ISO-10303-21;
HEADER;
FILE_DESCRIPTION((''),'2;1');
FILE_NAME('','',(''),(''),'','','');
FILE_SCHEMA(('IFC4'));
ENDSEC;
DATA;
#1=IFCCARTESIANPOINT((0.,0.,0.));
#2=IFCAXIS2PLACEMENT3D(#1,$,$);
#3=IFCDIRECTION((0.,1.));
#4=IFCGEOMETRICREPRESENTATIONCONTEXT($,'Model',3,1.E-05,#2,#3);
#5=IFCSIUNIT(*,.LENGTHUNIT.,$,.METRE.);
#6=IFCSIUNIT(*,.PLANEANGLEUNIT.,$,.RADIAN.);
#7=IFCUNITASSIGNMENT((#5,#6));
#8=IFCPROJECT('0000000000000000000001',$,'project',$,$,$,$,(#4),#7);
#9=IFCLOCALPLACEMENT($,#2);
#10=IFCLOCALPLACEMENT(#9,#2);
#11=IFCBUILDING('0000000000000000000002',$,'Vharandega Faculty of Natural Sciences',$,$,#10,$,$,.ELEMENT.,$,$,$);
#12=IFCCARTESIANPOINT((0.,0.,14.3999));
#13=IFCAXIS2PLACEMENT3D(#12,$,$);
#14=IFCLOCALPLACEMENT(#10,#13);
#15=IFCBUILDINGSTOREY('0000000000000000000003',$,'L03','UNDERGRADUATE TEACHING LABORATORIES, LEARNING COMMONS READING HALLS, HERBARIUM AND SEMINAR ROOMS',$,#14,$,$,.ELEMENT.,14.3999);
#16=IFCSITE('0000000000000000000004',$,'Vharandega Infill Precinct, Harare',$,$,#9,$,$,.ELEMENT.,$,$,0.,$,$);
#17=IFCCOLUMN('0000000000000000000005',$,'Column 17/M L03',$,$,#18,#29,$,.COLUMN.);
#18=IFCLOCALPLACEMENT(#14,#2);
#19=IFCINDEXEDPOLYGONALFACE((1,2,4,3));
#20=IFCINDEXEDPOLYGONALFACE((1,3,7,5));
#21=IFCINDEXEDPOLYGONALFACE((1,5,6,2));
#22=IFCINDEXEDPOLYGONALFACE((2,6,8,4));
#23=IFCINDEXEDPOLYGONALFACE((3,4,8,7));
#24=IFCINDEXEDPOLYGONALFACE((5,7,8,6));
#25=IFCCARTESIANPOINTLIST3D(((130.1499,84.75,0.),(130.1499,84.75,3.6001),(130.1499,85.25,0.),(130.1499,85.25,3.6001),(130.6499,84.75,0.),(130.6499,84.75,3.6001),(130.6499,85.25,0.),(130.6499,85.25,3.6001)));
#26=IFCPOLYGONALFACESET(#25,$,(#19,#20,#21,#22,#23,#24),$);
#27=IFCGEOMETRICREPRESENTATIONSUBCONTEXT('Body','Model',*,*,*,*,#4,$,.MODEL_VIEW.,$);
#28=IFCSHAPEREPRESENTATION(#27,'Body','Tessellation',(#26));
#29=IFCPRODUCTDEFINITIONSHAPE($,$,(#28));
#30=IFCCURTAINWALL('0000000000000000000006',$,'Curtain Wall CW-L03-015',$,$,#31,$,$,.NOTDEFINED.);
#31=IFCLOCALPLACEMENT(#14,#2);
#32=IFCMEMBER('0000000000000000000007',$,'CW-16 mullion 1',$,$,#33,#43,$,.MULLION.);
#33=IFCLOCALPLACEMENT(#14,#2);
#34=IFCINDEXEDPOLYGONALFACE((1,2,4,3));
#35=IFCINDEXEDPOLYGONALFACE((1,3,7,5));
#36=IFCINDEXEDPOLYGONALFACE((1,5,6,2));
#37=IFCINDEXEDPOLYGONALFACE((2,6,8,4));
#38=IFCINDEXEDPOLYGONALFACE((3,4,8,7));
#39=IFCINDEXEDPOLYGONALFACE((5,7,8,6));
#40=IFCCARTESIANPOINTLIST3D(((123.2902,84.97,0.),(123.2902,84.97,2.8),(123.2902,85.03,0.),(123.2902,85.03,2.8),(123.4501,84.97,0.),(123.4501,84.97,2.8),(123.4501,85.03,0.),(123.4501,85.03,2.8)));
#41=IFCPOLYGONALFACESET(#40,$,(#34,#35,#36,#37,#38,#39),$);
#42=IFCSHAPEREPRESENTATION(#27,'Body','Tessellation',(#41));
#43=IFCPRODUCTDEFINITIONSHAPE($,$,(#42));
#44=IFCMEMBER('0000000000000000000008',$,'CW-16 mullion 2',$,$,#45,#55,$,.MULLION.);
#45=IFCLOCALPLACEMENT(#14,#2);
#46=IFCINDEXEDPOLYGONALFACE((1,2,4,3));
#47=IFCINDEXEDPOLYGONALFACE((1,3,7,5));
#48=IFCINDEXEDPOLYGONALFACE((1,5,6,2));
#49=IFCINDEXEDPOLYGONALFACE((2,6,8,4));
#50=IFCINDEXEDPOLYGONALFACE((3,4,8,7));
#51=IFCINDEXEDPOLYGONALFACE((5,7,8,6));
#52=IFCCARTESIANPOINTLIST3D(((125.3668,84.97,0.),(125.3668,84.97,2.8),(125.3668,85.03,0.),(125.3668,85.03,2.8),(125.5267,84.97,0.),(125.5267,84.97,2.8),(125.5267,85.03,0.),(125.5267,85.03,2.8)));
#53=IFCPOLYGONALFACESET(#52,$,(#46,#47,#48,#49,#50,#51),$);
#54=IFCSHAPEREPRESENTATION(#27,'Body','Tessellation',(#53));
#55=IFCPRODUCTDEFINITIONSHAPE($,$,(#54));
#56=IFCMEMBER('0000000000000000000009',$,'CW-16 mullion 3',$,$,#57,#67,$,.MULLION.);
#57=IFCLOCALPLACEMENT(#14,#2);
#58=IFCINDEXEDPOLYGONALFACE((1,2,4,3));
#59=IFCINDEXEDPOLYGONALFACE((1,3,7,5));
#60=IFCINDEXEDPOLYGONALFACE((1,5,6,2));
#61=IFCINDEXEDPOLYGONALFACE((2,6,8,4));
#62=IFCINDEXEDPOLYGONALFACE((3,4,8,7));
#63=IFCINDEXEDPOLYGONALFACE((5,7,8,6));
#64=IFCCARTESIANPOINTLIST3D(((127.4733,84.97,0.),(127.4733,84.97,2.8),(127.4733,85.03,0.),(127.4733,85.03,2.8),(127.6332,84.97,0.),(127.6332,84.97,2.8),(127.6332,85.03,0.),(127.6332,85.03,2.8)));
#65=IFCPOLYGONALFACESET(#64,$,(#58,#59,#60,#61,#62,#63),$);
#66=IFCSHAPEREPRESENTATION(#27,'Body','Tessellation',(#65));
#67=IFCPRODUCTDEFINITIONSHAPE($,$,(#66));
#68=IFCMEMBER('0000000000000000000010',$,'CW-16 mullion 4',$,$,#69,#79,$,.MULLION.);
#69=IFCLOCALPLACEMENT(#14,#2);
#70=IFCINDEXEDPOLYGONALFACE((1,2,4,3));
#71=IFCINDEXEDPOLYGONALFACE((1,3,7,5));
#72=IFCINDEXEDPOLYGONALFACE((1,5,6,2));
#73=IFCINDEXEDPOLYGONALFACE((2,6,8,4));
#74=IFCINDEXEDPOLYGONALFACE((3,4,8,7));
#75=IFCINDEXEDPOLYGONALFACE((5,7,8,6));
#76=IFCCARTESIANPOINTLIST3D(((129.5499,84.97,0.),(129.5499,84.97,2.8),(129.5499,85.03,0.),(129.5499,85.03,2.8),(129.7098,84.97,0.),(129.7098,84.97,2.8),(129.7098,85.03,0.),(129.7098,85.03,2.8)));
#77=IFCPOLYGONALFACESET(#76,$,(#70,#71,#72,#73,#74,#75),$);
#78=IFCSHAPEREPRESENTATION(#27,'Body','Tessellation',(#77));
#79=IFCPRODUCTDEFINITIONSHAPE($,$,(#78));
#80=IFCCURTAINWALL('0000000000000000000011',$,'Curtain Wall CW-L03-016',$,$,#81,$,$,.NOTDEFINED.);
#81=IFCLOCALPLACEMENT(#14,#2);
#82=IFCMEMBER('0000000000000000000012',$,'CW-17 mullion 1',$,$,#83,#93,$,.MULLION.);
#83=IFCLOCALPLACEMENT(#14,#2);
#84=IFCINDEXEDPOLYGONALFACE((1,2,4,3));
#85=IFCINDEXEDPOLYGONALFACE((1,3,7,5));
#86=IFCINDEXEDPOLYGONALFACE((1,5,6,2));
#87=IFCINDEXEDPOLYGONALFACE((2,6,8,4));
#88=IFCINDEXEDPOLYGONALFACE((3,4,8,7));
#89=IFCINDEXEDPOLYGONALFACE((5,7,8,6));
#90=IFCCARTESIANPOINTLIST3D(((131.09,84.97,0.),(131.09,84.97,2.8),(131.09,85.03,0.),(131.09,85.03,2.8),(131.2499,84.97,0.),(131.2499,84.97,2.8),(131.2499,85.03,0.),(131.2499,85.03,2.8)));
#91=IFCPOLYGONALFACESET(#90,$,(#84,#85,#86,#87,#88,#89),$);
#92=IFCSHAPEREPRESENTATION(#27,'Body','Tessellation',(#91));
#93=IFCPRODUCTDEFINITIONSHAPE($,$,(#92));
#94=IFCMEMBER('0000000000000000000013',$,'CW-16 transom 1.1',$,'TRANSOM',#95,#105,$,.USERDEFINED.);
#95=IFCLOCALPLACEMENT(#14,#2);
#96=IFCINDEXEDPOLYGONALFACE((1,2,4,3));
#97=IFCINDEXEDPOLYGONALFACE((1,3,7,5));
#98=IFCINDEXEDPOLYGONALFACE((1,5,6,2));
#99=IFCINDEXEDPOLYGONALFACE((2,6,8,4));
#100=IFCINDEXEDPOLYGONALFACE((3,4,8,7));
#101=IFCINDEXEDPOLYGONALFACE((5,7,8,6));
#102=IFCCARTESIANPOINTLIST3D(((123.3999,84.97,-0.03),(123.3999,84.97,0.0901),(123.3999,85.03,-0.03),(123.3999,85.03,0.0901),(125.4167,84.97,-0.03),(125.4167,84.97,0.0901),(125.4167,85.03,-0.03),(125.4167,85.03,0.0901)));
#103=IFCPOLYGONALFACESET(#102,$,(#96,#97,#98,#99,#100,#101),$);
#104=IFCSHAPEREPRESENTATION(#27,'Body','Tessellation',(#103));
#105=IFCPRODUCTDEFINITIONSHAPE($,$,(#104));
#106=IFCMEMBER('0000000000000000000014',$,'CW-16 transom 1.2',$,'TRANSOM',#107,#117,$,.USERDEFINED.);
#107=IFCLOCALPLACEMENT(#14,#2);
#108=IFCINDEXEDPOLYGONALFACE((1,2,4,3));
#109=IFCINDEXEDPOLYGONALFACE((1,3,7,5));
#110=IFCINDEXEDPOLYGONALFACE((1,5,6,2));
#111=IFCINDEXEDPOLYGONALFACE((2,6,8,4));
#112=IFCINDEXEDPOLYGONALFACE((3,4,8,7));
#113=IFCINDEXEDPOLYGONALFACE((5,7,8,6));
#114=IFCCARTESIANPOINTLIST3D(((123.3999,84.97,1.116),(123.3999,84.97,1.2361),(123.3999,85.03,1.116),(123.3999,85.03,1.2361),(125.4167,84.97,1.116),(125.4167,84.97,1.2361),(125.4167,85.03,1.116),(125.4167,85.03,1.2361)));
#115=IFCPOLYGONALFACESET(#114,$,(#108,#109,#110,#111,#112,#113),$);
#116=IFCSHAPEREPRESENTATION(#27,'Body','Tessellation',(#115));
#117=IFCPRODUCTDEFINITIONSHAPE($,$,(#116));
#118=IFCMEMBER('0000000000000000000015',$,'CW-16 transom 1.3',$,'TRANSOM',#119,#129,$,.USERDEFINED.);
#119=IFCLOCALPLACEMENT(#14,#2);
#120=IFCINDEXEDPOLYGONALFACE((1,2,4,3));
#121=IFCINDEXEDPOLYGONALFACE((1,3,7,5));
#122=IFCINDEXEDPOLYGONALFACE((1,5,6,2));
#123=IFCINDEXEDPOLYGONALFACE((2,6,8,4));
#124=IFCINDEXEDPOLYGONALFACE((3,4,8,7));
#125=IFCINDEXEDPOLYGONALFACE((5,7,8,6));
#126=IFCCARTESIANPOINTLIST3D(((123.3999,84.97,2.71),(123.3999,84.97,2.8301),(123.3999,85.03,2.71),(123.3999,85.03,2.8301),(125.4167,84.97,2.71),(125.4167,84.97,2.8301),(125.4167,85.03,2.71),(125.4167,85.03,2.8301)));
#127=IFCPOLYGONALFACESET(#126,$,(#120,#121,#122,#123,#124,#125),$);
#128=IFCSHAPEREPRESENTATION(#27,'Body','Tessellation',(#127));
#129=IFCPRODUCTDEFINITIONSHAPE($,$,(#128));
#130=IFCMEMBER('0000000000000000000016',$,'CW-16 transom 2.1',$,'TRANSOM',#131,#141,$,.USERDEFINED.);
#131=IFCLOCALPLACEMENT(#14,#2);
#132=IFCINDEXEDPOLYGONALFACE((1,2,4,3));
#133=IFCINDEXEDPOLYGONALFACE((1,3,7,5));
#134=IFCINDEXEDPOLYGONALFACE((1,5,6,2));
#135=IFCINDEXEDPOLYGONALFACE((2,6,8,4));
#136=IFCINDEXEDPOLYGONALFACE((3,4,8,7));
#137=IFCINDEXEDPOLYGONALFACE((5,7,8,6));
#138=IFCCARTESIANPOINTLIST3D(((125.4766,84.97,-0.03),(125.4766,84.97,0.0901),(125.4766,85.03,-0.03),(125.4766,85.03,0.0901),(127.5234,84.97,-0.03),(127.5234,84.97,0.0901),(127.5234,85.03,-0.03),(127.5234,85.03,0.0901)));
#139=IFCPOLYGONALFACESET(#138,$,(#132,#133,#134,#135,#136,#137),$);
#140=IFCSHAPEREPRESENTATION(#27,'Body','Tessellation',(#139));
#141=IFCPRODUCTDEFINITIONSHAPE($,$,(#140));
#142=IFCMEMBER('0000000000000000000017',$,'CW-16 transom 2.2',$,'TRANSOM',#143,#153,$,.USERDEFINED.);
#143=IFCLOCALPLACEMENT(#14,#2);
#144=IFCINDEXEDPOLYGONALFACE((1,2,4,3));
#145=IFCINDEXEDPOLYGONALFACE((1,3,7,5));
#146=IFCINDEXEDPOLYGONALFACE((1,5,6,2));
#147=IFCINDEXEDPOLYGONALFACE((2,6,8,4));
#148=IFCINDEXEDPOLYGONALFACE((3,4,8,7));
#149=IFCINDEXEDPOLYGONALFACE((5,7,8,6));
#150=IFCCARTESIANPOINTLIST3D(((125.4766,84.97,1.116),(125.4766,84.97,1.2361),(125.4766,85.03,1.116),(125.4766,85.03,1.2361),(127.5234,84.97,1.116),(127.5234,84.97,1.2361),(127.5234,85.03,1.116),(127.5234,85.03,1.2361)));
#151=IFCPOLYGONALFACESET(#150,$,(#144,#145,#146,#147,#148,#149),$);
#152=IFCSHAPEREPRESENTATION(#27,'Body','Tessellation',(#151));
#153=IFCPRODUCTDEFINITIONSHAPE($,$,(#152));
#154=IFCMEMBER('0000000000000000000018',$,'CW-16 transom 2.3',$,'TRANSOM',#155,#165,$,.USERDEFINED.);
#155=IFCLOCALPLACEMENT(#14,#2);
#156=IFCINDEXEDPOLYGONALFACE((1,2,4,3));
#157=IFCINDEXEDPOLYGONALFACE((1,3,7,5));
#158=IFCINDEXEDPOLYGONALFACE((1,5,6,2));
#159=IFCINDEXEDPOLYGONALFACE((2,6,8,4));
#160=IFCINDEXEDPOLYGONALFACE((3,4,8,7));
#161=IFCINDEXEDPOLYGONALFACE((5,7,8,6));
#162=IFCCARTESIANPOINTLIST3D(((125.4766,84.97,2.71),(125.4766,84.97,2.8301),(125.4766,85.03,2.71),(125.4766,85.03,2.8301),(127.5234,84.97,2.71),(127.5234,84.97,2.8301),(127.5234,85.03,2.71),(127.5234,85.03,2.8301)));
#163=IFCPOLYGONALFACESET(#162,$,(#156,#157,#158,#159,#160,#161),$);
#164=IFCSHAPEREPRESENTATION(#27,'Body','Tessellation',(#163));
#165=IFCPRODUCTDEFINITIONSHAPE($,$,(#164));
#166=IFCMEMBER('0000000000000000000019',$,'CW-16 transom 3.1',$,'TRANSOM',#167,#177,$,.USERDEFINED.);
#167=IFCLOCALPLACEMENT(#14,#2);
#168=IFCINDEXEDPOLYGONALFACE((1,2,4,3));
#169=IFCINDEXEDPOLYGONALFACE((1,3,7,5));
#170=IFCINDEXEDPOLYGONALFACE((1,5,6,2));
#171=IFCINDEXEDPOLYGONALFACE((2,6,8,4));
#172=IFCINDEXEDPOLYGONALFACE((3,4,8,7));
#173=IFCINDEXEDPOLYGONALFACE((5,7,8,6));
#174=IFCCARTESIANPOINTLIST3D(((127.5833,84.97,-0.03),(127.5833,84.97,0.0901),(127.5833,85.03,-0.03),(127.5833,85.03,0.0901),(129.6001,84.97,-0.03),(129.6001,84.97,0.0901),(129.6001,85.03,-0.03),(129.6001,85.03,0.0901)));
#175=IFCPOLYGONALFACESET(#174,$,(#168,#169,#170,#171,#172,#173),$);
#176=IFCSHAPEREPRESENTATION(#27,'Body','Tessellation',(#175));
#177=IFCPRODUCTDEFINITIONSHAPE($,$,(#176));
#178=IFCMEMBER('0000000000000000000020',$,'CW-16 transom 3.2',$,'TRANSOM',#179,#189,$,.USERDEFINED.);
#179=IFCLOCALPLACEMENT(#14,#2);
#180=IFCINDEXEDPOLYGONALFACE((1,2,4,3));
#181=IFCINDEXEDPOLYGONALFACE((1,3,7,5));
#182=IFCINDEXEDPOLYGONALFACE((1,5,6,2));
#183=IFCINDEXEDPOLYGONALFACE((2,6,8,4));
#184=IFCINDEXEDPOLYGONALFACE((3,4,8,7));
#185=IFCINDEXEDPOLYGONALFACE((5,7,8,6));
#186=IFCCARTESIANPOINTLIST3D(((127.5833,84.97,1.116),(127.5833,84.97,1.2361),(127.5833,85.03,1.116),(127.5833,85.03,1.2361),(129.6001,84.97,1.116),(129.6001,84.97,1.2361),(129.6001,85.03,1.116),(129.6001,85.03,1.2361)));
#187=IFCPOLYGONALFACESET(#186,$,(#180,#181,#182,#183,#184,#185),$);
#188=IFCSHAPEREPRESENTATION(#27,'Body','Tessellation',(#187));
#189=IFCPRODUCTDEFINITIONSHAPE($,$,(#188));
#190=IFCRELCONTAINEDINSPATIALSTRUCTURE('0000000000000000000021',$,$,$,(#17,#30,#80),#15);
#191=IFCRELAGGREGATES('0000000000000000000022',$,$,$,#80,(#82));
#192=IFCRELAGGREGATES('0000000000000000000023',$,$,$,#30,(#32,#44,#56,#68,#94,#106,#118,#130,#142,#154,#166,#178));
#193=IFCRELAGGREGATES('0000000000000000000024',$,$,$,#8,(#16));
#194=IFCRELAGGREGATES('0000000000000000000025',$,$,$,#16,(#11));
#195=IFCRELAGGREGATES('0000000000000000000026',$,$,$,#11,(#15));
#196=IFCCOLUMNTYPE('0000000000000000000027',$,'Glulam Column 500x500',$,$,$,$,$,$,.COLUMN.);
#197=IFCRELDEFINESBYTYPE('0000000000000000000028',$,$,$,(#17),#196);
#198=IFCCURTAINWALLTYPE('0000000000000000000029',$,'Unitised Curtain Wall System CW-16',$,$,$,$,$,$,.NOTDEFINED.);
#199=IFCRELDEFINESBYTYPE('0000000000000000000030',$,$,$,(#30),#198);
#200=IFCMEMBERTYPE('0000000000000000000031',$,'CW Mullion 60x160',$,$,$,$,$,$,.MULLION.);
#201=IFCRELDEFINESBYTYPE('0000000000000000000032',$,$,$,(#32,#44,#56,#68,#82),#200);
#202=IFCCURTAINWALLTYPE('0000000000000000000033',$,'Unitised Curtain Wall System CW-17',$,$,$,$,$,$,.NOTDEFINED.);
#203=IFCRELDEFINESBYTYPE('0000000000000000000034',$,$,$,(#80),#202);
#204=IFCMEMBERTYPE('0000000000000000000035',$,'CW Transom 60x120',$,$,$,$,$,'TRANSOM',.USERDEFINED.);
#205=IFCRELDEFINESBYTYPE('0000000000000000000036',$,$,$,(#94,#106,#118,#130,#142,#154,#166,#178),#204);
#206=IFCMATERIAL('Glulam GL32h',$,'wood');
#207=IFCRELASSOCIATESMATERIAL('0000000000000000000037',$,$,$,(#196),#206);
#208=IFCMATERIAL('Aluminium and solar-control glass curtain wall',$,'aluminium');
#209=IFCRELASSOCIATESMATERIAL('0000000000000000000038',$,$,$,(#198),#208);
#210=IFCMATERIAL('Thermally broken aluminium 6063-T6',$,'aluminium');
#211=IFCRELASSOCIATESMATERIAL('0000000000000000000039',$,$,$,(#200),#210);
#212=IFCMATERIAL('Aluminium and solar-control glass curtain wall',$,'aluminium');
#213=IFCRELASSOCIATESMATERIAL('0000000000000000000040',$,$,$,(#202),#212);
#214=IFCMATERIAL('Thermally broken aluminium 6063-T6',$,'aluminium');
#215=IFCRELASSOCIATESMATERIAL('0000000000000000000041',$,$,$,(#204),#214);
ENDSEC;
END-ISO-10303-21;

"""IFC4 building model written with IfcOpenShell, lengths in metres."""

from ifc_helpers import new_model, si_unit, direction, frame, origin, origin_2d, place, context, subcontext, project, spatial, rectangle, extrude, material, material_profile, profile_set, type_object, element, aggregate, save


model = new_model("IFC4")

# Units and contexts
model_context = context("Model", 3, precision=1e-05, world=origin(), true_north=direction((0.0, 1.0)))
body_context = subcontext(model_context, "Body", "Model", "MODEL_VIEW")
ifc_project = project(units=[si_unit("LENGTHUNIT", "METRE"), si_unit("PLANEANGLEUNIT", "RADIAN")], contexts=[model_context])

# Site, building, storey
site_placement = place(None, origin())
site = spatial("IfcSite", under=ifc_project, at=site_placement, Name="Vharandega Infill Precinct, Harare", CompositionType="ELEMENT", RefElevation=0.0)
building_placement = place(site_placement, origin())
building = spatial("IfcBuilding", under=site, at=building_placement, Name="Vharandega Faculty of Natural Sciences", CompositionType="ELEMENT")
storey_placement = place(building_placement, frame((0.0, 0.0, 14.3999)))
storey = spatial("IfcBuildingStorey", under=building, at=storey_placement, Name="L03", Description="UNDERGRADUATE TEACHING LABORATORIES, LEARNING COMMONS READING HALLS, HERBARIUM AND SEMINAR ROOMS", CompositionType="ELEMENT", Elevation=14.3999)

# Column
ifc_material_1 = material(Name="Glulam GL32h", Category="wood")
ifc_material_profile_1 = material_profile(ifc_material_1, rectangle(XDim=0.5, YDim=0.5, at=origin_2d()), Name="GL32h 500x500")
ifc_profile_set_1 = profile_set([ifc_material_profile_1], Name="Glulam GL32h")
column_type = type_object("IfcColumnType", Name="Glulam Column 500x500", PredefinedType="COLUMN", material=ifc_profile_set_1)
column_placement = place(storey_placement, frame((130.3999, 85.0, 0.0), z_axis=(0.0, 0.0, 1.0), x_axis=(1.0, 0.0, 0.0)))
element("IfcColumn", 1, at=column_placement, inside=storey, type_object=column_type, Name="Column 17/M L03", PredefinedType="COLUMN", context=body_context, shape_type="SweptSolid", body=[
    extrude(rectangle(XDim=0.5, YDim=0.5, at=origin_2d()), origin(), (0.0, 0.0, 1.0), 3.6001),
])

# Curtain wall, members
ifc_material_2 = material(Name="Aluminium and solar-control glass curtain wall", Category="aluminium")
curtain_wall_type_1 = type_object("IfcCurtainWallType", Name="Unitised Curtain Wall System CW-16", PredefinedType="NOTDEFINED", material=ifc_material_2)
curtain_wall_1_placement = place(storey_placement, origin())
curtain_wall_1 = element("IfcCurtainWall", 2, at=curtain_wall_1_placement, inside=storey, type_object=curtain_wall_type_1, Name="Curtain Wall CW-L03-015", PredefinedType="NOTDEFINED")
ifc_material_3 = material(Name="Thermally broken aluminium 6063-T6", Category="aluminium")
ifc_material_profile_2 = material_profile(ifc_material_3, rectangle(XDim=0.0601, YDim=0.1599, at=origin_2d()), Name="ALU 60x160")
ifc_profile_set_2 = profile_set([ifc_material_profile_2], Name="Thermally broken aluminium 6063-T6")
member_type_1 = type_object("IfcMemberType", Name="CW Mullion 60x160", PredefinedType="MULLION", material=ifc_profile_set_2)
member_1_placement = place(storey_placement, frame((123.3701, 85.0, 0.0), z_axis=(0.0, 0.0, 1.0), x_axis=(0.0, 1.0, 0.0)))
member_1 = element("IfcMember", 3, at=member_1_placement, type_object=member_type_1, Name="CW-16 mullion 1", PredefinedType="MULLION", context=body_context, shape_type="SweptSolid", body=[
    extrude(rectangle(XDim=0.0601, YDim=0.1599, at=origin_2d()), origin(), (0.0, 0.0, 1.0), 2.8),
])
member_2_placement = place(storey_placement, frame((125.4468, 85.0, 0.0), z_axis=(0.0, 0.0, 1.0), x_axis=(0.0, 1.0, 0.0)))
member_2 = element("IfcMember", 4, at=member_2_placement, type_object=member_type_1, Name="CW-16 mullion 2", PredefinedType="MULLION", context=body_context, shape_type="SweptSolid", body=[
    extrude(rectangle(XDim=0.0601, YDim=0.1599, at=origin_2d()), origin(), (0.0, 0.0, 1.0), 2.8),
])
member_3_placement = place(storey_placement, frame((127.5532, 85.0, 0.0), z_axis=(0.0, 0.0, 1.0), x_axis=(0.0, 1.0, 0.0)))
member_3 = element("IfcMember", 5, at=member_3_placement, type_object=member_type_1, Name="CW-16 mullion 3", PredefinedType="MULLION", context=body_context, shape_type="SweptSolid", body=[
    extrude(rectangle(XDim=0.0601, YDim=0.1599, at=origin_2d()), origin(), (0.0, 0.0, 1.0), 2.8),
])
member_4_placement = place(storey_placement, frame((129.6299, 85.0, 0.0), z_axis=(0.0, 0.0, 1.0), x_axis=(0.0, 1.0, 0.0)))
member_4 = element("IfcMember", 6, at=member_4_placement, type_object=member_type_1, Name="CW-16 mullion 4", PredefinedType="MULLION", context=body_context, shape_type="SweptSolid", body=[
    extrude(rectangle(XDim=0.0601, YDim=0.1599, at=origin_2d()), origin(), (0.0, 0.0, 1.0), 2.8),
])

# Curtain wall, member
ifc_material_4 = material(Name="Aluminium and solar-control glass curtain wall", Category="aluminium")
curtain_wall_type_2 = type_object("IfcCurtainWallType", Name="Unitised Curtain Wall System CW-17", PredefinedType="NOTDEFINED", material=ifc_material_4)
curtain_wall_2_placement = place(storey_placement, origin())
curtain_wall_2 = element("IfcCurtainWall", 7, at=curtain_wall_2_placement, inside=storey, type_object=curtain_wall_type_2, Name="Curtain Wall CW-L03-016", PredefinedType="NOTDEFINED")
member_5_placement = place(storey_placement, frame((131.1699, 85.0, 0.0), z_axis=(0.0, 0.0, 1.0), x_axis=(0.0, 1.0, 0.0)))
member_5 = element("IfcMember", 8, at=member_5_placement, type_object=member_type_1, Name="CW-17 mullion 1", PredefinedType="MULLION", context=body_context, shape_type="SweptSolid", body=[
    extrude(rectangle(XDim=0.0601, YDim=0.1599, at=origin_2d()), origin(), (0.0, 0.0, 1.0), 2.8),
])
aggregate(curtain_wall_2, [member_5])

# Members
ifc_material_5 = material(Name="Thermally broken aluminium 6063-T6", Category="aluminium")
ifc_material_profile_3 = material_profile(ifc_material_5, rectangle(XDim=0.0601, YDim=0.1201, at=origin_2d()), Name="ALU 60x120")
ifc_profile_set_3 = profile_set([ifc_material_profile_3], Name="Thermally broken aluminium 6063-T6")
member_type_2 = type_object("IfcMemberType", Name="CW Transom 60x120", ElementType="TRANSOM", PredefinedType="USERDEFINED", material=ifc_profile_set_3)
member_6_placement = place(storey_placement, frame((123.3999, 85.0, 0.03), z_axis=(1.0, 0.0, 0.0), x_axis=(0.0, 1.0, 0.0)))
member_6 = element("IfcMember", 9, at=member_6_placement, type_object=member_type_2, Name="CW-16 transom 1.1", ObjectType="TRANSOM", PredefinedType="USERDEFINED", context=body_context, shape_type="SweptSolid", body=[
    extrude(rectangle(XDim=0.0601, YDim=0.1201, at=origin_2d()), origin(), (0.0, 0.0, 1.0), 2.0168),
])
member_7_placement = place(storey_placement, frame((123.3999, 85.0, 1.176), z_axis=(1.0, 0.0, 0.0), x_axis=(0.0, 1.0, 0.0)))
member_7 = element("IfcMember", 10, at=member_7_placement, type_object=member_type_2, Name="CW-16 transom 1.2", ObjectType="TRANSOM", PredefinedType="USERDEFINED", context=body_context, shape_type="SweptSolid", body=[
    extrude(rectangle(XDim=0.0601, YDim=0.1201, at=origin_2d()), origin(), (0.0, 0.0, 1.0), 2.0168),
])
member_8_placement = place(storey_placement, frame((123.3999, 85.0, 2.77), z_axis=(1.0, 0.0, 0.0), x_axis=(0.0, 1.0, 0.0)))
member_8 = element("IfcMember", 11, at=member_8_placement, type_object=member_type_2, Name="CW-16 transom 1.3", ObjectType="TRANSOM", PredefinedType="USERDEFINED", context=body_context, shape_type="SweptSolid", body=[
    extrude(rectangle(XDim=0.0601, YDim=0.1201, at=origin_2d()), origin(), (0.0, 0.0, 1.0), 2.0168),
])
member_9_placement = place(storey_placement, frame((125.4766, 85.0, 0.03), z_axis=(1.0, 0.0, 0.0), x_axis=(0.0, 1.0, 0.0)))
member_9 = element("IfcMember", 12, at=member_9_placement, type_object=member_type_2, Name="CW-16 transom 2.1", ObjectType="TRANSOM", PredefinedType="USERDEFINED", context=body_context, shape_type="SweptSolid", body=[
    extrude(rectangle(XDim=0.0601, YDim=0.1201, at=origin_2d()), origin(), (0.0, 0.0, 1.0), 2.0469),
])
member_10_placement = place(storey_placement, frame((125.4766, 85.0, 1.176), z_axis=(1.0, 0.0, 0.0), x_axis=(0.0, 1.0, 0.0)))
member_10 = element("IfcMember", 13, at=member_10_placement, type_object=member_type_2, Name="CW-16 transom 2.2", ObjectType="TRANSOM", PredefinedType="USERDEFINED", context=body_context, shape_type="SweptSolid", body=[
    extrude(rectangle(XDim=0.0601, YDim=0.1201, at=origin_2d()), origin(), (0.0, 0.0, 1.0), 2.0469),
])
member_11_placement = place(storey_placement, frame((125.4766, 85.0, 2.77), z_axis=(1.0, 0.0, 0.0), x_axis=(0.0, 1.0, 0.0)))
member_11 = element("IfcMember", 14, at=member_11_placement, type_object=member_type_2, Name="CW-16 transom 2.3", ObjectType="TRANSOM", PredefinedType="USERDEFINED", context=body_context, shape_type="SweptSolid", body=[
    extrude(rectangle(XDim=0.0601, YDim=0.1201, at=origin_2d()), origin(), (0.0, 0.0, 1.0), 2.0469),
])
member_12_placement = place(storey_placement, frame((127.5833, 85.0, 0.03), z_axis=(1.0, 0.0, 0.0), x_axis=(0.0, 1.0, 0.0)))
member_12 = element("IfcMember", 15, at=member_12_placement, type_object=member_type_2, Name="CW-16 transom 3.1", ObjectType="TRANSOM", PredefinedType="USERDEFINED", context=body_context, shape_type="SweptSolid", body=[
    extrude(rectangle(XDim=0.0601, YDim=0.1201, at=origin_2d()), origin(), (0.0, 0.0, 1.0), 2.0168),
])
member_13_placement = place(storey_placement, frame((127.5833, 85.0, 1.176), z_axis=(1.0, 0.0, 0.0), x_axis=(0.0, 1.0, 0.0)))
member_13 = element("IfcMember", 16, at=member_13_placement, type_object=member_type_2, Name="CW-16 transom 3.2", ObjectType="TRANSOM", PredefinedType="USERDEFINED", context=body_context, shape_type="SweptSolid", body=[
    extrude(rectangle(XDim=0.0601, YDim=0.1201, at=origin_2d()), origin(), (0.0, 0.0, 1.0), 2.0168),
])

aggregate(curtain_wall_1, [member_1, member_2, member_3, member_4, member_6, member_7, member_8, member_9, member_10, member_11, member_12, member_13])

save(model, "model.ifc")
